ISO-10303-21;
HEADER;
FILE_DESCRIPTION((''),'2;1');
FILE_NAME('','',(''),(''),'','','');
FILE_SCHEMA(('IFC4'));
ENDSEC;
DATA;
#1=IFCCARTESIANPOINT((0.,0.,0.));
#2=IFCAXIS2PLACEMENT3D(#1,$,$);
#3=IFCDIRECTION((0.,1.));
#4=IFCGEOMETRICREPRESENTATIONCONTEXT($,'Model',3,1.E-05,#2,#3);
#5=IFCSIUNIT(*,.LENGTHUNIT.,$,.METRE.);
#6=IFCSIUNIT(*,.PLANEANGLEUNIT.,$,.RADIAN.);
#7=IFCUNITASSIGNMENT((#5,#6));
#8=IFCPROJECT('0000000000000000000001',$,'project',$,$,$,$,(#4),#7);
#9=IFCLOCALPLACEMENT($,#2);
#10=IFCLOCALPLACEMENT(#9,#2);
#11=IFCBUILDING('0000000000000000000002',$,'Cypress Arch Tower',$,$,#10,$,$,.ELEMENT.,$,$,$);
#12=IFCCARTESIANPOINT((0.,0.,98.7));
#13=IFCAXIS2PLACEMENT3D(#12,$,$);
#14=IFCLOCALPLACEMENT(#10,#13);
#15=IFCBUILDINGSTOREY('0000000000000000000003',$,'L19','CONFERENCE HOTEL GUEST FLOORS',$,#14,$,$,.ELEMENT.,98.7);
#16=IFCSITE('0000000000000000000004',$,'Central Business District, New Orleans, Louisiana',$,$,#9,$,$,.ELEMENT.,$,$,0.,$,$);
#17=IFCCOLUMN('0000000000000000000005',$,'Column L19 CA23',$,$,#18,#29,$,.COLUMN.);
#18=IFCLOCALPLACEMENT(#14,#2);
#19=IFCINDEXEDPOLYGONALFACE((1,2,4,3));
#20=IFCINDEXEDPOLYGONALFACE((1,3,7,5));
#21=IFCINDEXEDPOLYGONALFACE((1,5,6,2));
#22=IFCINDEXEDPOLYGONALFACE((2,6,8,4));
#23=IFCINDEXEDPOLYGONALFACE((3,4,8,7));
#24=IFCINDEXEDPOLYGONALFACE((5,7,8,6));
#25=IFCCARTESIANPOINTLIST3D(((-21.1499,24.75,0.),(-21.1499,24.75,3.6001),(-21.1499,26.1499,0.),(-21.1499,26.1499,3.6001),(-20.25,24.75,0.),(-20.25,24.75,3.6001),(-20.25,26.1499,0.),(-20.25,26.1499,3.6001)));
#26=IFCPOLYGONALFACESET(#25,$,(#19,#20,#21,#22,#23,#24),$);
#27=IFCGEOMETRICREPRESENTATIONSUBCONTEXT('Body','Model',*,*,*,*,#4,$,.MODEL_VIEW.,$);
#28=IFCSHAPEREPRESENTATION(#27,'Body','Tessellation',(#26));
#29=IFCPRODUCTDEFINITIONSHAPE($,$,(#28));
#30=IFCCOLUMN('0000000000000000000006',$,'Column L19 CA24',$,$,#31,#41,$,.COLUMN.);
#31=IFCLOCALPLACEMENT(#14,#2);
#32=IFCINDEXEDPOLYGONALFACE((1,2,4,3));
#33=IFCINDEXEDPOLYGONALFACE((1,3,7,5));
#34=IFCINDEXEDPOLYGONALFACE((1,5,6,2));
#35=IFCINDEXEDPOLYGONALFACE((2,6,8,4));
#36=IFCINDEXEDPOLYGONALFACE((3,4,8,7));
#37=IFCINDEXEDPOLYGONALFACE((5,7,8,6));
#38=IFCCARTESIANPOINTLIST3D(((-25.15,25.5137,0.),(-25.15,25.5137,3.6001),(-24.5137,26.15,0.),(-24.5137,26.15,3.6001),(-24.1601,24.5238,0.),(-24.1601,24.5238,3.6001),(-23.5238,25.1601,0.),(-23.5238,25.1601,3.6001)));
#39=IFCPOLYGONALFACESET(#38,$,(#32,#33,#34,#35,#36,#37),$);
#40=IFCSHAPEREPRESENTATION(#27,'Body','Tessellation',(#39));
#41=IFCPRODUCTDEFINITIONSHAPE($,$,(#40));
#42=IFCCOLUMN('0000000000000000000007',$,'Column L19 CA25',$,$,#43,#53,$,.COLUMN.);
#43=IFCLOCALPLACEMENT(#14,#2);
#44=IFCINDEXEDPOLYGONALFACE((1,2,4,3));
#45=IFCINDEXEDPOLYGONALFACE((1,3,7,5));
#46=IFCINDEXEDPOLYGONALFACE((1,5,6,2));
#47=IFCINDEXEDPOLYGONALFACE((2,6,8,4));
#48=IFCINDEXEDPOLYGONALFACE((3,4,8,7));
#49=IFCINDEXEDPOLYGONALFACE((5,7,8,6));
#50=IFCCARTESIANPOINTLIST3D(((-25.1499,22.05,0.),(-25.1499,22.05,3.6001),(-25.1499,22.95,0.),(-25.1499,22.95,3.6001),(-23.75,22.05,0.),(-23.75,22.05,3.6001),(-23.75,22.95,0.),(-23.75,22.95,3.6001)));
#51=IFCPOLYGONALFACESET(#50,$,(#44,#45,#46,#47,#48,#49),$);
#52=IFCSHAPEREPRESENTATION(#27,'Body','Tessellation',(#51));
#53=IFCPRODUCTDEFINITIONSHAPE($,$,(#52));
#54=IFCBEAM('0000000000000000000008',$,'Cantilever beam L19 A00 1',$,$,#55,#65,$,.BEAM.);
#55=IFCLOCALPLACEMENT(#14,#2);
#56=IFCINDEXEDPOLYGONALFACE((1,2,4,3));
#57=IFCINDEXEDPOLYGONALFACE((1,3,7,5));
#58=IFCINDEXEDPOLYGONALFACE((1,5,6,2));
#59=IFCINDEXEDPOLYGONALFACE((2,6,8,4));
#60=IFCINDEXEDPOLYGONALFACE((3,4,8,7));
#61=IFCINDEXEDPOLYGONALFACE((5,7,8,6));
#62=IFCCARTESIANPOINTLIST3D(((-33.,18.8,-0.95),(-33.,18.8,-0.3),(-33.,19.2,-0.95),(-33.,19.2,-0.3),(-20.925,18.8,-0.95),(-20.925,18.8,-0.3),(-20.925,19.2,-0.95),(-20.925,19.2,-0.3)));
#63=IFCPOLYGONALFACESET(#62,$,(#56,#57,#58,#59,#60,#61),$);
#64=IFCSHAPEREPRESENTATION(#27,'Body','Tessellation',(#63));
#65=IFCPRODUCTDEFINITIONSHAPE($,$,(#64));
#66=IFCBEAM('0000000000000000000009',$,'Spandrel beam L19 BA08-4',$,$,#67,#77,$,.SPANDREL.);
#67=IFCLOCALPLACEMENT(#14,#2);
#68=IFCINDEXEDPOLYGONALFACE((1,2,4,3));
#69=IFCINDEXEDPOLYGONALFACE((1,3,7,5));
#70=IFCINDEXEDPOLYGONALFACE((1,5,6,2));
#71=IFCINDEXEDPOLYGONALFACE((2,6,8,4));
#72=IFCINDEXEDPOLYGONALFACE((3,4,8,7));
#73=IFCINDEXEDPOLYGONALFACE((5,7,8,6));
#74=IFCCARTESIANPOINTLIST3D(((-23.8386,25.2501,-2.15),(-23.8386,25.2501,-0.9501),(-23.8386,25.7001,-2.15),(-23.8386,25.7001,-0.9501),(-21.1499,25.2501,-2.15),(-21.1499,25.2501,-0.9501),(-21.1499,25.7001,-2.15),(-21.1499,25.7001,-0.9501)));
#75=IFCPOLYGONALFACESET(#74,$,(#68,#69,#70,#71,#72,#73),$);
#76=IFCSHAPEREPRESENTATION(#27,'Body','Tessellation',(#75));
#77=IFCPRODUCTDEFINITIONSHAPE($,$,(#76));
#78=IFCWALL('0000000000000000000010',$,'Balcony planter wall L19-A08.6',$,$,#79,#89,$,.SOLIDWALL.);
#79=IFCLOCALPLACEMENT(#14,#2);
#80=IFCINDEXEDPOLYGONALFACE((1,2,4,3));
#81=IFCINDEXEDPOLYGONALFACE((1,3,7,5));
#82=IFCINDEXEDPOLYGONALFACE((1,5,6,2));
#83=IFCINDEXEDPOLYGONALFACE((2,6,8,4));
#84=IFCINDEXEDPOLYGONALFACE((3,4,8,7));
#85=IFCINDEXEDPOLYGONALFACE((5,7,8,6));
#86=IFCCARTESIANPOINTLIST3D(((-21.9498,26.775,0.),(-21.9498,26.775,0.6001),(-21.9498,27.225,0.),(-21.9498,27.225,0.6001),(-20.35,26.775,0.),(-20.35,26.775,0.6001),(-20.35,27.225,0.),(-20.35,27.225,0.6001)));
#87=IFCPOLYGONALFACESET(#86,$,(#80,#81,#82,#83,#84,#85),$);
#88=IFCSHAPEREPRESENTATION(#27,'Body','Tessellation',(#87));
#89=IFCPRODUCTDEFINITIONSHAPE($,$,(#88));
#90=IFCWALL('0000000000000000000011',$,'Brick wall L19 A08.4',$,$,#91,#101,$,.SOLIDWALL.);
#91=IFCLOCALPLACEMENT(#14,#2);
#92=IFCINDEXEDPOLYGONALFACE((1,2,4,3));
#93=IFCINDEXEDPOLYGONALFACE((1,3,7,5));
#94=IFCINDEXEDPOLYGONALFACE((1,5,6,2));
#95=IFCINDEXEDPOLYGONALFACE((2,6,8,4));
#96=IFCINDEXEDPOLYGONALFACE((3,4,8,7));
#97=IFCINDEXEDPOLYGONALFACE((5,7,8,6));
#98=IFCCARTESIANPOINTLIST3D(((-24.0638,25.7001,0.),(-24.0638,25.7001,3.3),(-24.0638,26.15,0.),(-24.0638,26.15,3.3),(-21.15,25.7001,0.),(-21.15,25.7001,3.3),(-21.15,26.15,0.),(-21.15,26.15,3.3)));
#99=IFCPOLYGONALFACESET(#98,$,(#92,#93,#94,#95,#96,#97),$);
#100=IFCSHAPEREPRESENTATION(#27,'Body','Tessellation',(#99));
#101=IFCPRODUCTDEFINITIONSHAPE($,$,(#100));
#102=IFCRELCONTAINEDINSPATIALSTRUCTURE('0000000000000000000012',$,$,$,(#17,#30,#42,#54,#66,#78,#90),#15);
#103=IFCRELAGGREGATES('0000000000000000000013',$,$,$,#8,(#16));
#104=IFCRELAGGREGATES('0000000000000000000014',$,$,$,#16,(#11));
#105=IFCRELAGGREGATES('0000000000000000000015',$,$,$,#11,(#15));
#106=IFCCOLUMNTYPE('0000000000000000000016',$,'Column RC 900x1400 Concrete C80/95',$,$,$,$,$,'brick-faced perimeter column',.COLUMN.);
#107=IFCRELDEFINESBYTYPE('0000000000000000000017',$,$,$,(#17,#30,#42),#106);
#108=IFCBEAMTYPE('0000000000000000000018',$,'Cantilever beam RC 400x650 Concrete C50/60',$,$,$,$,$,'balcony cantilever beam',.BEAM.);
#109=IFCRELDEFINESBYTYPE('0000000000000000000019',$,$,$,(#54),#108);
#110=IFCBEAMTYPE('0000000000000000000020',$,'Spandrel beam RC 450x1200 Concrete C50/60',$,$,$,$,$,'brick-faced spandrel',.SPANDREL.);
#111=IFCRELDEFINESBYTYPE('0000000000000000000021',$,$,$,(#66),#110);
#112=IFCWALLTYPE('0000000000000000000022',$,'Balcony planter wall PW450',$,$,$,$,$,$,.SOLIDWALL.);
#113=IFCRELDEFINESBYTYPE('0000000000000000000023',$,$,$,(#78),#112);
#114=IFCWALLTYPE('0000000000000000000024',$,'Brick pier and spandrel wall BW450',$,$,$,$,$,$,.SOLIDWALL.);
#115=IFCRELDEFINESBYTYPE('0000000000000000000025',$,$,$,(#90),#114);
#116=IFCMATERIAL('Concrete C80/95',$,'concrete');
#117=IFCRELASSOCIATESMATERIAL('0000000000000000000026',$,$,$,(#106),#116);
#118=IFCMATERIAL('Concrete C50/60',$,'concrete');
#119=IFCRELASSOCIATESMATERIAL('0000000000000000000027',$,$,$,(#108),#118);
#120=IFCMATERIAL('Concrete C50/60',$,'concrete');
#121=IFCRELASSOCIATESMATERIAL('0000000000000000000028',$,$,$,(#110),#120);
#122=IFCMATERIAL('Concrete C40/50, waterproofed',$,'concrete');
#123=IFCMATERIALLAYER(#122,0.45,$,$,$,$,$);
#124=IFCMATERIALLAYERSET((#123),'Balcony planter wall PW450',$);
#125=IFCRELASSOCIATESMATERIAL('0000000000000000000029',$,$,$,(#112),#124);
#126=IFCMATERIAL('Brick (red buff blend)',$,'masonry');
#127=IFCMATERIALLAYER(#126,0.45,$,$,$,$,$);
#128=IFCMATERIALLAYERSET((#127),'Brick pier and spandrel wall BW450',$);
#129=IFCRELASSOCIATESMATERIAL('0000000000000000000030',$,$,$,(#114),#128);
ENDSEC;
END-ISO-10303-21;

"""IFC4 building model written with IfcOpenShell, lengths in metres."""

from ifc_helpers import new_model, si_unit, direction, frame, frame_2d, origin, origin_2d, place, context, subcontext, project, spatial, rectangle, extrude, material, layer, layer_set, material_profile, profile_set, type_object, element, save


model = new_model("IFC4")

# Units and contexts
model_context = context("Model", 3, precision=1e-05, world=origin(), true_north=direction((0.0, 1.0)))
body_context = subcontext(model_context, "Body", "Model", "MODEL_VIEW")
ifc_project = project(units=[si_unit("LENGTHUNIT", "METRE"), si_unit("PLANEANGLEUNIT", "RADIAN")], contexts=[model_context])

# Site, building, storey
site_placement = place(None, origin())
site = spatial("IfcSite", under=ifc_project, at=site_placement, Name="Central Business District, New Orleans, Louisiana", CompositionType="ELEMENT", RefElevation=0.0)
building_placement = place(site_placement, origin())
building = spatial("IfcBuilding", under=site, at=building_placement, Name="Cypress Arch Tower", CompositionType="ELEMENT")
storey_placement = place(building_placement, frame((0.0, 0.0, 98.7)))
storey = spatial("IfcBuildingStorey", under=building, at=storey_placement, Name="L19", Description="CONFERENCE HOTEL GUEST FLOORS", CompositionType="ELEMENT", Elevation=98.7)

# Columns
ifc_material_1 = material(Name="Concrete C80/95", Category="concrete")
ifc_material_profile_1 = material_profile(ifc_material_1, rectangle(XDim=0.8999, YDim=1.3999, at=origin_2d()), Name="RC 900x1400")
ifc_profile_set_1 = profile_set([ifc_material_profile_1], Name="Concrete C80/95")
column_type = type_object("IfcColumnType", Name="Column RC 900x1400 Concrete C80/95", ElementType="brick-faced perimeter column", PredefinedType="COLUMN", material=ifc_profile_set_1)
for number, where, z_axis, x_axis, name in (
    (1, (-20.7, 25.45, 0.0), (0.0, 0.0, 1.0), (-1.0, 0.0, 0.0), "Column L19 CA23"),
    (2, (-24.3369, 25.3369, 0.0), (0.0, 0.0, 1.0), (-0.707107, -0.707107, 0.0), "Column L19 CA24"),
    (3, (-24.45, 22.5, 0.0), (0.0, 0.0, 1.0), (0.0, -1.0, 0.0), "Column L19 CA25"),
):
    element("IfcColumn", number, at=place(storey_placement, frame(where, z_axis=z_axis, x_axis=x_axis)), inside=storey, type_object=column_type, Name=name, PredefinedType="COLUMN", context=body_context, shape_type="SweptSolid", body=[
        extrude(rectangle(XDim=0.8999, YDim=1.3999, at=origin_2d()), origin(), (0.0, 0.0, 1.0), 3.6001),
    ])

# Beams
ifc_material_2 = material(Name="Concrete C50/60", Category="concrete")
ifc_material_profile_2 = material_profile(ifc_material_2, rectangle(XDim=0.3999, YDim=0.6499, at=origin_2d()), Name="RC 400x650")
ifc_profile_set_2 = profile_set([ifc_material_profile_2], Name="Concrete C50/60")
beam_type_1 = type_object("IfcBeamType", Name="Cantilever beam RC 400x650 Concrete C50/60", ElementType="balcony cantilever beam", PredefinedType="BEAM", material=ifc_profile_set_2)
beam_1_placement = place(storey_placement, frame((-20.925, 19.0, -0.625), z_axis=(-1.0, 0.0, 0.0), x_axis=(0.0, -1.0, 0.0)))
element("IfcBeam", 4, at=beam_1_placement, inside=storey, type_object=beam_type_1, Name="Cantilever beam L19 A00 1", PredefinedType="BEAM", context=body_context, shape_type="SweptSolid", body=[
    extrude(rectangle(XDim=0.3999, YDim=0.6499, at=origin_2d()), origin(), (0.0, 0.0, 1.0), 12.075),
])
ifc_material_3 = material(Name="Concrete C50/60", Category="concrete")
ifc_material_profile_3 = material_profile(ifc_material_3, rectangle(XDim=0.45, YDim=1.2, at=origin_2d()), Name="RC 450x1200")
ifc_profile_set_3 = profile_set([ifc_material_profile_3], Name="Concrete C50/60")
beam_type_2 = type_object("IfcBeamType", Name="Spandrel beam RC 450x1200 Concrete C50/60", ElementType="brick-faced spandrel", PredefinedType="SPANDREL", material=ifc_profile_set_3)
beam_2_placement = place(storey_placement, frame((-21.1499, 25.4751, -1.55), z_axis=(-1.0, 0.0, 0.0), x_axis=(0.0, -1.0, 0.0)))
element("IfcBeam", 5, at=beam_2_placement, inside=storey, type_object=beam_type_2, Name="Spandrel beam L19 BA08-4", PredefinedType="SPANDREL", context=body_context, shape_type="SweptSolid", body=[
    extrude(rectangle(XDim=0.45, YDim=1.2, at=origin_2d()), origin(), (0.0, 0.0, 1.0), 2.6887),
])

# Walls
ifc_material_4 = material(Name="Concrete C40/50, waterproofed", Category="concrete")
ifc_layer_1 = layer(ifc_material_4, 0.45)
ifc_layer_set_1 = layer_set([ifc_layer_1], Name="Balcony planter wall PW450")
wall_type_1 = type_object("IfcWallType", Name="Balcony planter wall PW450", PredefinedType="SOLIDWALL", material=ifc_layer_set_1)
wall_1_placement = place(storey_placement, frame((-20.3501, 27.0, 0.0), z_axis=(0.0, 0.0, 1.0), x_axis=(-1.0, 0.0, 0.0)))
element("IfcWall", 6, at=wall_1_placement, inside=storey, type_object=wall_type_1, Name="Balcony planter wall L19-A08.6", PredefinedType="SOLIDWALL", context=body_context, shape_type="SweptSolid", body=[
    extrude(rectangle(XDim=1.5999, YDim=0.45, at=frame_2d((0.7998, 0.0))), origin(), (0.0, 0.0, 1.0), 0.6001),
])
ifc_material_5 = material(Name="Brick (red buff blend)", Category="masonry")
ifc_layer_2 = layer(ifc_material_5, 0.45)
ifc_layer_set_2 = layer_set([ifc_layer_2], Name="Brick pier and spandrel wall BW450")
wall_type_2 = type_object("IfcWallType", Name="Brick pier and spandrel wall BW450", PredefinedType="SOLIDWALL", material=ifc_layer_set_2)
wall_2_placement = place(storey_placement, frame((-21.1499, 25.925, 0.0), z_axis=(0.0, 0.0, 1.0), x_axis=(-1.0, 0.0, 0.0)))
element("IfcWall", 7, at=wall_2_placement, inside=storey, type_object=wall_type_2, Name="Brick wall L19 A08.4", PredefinedType="SOLIDWALL", context=body_context, shape_type="SweptSolid", body=[
    extrude(rectangle(XDim=2.9138, YDim=0.45, at=frame_2d((1.457, 0.0))), origin(), (0.0, 0.0, 1.0), 3.3),
])

save(model, "model.ifc")
